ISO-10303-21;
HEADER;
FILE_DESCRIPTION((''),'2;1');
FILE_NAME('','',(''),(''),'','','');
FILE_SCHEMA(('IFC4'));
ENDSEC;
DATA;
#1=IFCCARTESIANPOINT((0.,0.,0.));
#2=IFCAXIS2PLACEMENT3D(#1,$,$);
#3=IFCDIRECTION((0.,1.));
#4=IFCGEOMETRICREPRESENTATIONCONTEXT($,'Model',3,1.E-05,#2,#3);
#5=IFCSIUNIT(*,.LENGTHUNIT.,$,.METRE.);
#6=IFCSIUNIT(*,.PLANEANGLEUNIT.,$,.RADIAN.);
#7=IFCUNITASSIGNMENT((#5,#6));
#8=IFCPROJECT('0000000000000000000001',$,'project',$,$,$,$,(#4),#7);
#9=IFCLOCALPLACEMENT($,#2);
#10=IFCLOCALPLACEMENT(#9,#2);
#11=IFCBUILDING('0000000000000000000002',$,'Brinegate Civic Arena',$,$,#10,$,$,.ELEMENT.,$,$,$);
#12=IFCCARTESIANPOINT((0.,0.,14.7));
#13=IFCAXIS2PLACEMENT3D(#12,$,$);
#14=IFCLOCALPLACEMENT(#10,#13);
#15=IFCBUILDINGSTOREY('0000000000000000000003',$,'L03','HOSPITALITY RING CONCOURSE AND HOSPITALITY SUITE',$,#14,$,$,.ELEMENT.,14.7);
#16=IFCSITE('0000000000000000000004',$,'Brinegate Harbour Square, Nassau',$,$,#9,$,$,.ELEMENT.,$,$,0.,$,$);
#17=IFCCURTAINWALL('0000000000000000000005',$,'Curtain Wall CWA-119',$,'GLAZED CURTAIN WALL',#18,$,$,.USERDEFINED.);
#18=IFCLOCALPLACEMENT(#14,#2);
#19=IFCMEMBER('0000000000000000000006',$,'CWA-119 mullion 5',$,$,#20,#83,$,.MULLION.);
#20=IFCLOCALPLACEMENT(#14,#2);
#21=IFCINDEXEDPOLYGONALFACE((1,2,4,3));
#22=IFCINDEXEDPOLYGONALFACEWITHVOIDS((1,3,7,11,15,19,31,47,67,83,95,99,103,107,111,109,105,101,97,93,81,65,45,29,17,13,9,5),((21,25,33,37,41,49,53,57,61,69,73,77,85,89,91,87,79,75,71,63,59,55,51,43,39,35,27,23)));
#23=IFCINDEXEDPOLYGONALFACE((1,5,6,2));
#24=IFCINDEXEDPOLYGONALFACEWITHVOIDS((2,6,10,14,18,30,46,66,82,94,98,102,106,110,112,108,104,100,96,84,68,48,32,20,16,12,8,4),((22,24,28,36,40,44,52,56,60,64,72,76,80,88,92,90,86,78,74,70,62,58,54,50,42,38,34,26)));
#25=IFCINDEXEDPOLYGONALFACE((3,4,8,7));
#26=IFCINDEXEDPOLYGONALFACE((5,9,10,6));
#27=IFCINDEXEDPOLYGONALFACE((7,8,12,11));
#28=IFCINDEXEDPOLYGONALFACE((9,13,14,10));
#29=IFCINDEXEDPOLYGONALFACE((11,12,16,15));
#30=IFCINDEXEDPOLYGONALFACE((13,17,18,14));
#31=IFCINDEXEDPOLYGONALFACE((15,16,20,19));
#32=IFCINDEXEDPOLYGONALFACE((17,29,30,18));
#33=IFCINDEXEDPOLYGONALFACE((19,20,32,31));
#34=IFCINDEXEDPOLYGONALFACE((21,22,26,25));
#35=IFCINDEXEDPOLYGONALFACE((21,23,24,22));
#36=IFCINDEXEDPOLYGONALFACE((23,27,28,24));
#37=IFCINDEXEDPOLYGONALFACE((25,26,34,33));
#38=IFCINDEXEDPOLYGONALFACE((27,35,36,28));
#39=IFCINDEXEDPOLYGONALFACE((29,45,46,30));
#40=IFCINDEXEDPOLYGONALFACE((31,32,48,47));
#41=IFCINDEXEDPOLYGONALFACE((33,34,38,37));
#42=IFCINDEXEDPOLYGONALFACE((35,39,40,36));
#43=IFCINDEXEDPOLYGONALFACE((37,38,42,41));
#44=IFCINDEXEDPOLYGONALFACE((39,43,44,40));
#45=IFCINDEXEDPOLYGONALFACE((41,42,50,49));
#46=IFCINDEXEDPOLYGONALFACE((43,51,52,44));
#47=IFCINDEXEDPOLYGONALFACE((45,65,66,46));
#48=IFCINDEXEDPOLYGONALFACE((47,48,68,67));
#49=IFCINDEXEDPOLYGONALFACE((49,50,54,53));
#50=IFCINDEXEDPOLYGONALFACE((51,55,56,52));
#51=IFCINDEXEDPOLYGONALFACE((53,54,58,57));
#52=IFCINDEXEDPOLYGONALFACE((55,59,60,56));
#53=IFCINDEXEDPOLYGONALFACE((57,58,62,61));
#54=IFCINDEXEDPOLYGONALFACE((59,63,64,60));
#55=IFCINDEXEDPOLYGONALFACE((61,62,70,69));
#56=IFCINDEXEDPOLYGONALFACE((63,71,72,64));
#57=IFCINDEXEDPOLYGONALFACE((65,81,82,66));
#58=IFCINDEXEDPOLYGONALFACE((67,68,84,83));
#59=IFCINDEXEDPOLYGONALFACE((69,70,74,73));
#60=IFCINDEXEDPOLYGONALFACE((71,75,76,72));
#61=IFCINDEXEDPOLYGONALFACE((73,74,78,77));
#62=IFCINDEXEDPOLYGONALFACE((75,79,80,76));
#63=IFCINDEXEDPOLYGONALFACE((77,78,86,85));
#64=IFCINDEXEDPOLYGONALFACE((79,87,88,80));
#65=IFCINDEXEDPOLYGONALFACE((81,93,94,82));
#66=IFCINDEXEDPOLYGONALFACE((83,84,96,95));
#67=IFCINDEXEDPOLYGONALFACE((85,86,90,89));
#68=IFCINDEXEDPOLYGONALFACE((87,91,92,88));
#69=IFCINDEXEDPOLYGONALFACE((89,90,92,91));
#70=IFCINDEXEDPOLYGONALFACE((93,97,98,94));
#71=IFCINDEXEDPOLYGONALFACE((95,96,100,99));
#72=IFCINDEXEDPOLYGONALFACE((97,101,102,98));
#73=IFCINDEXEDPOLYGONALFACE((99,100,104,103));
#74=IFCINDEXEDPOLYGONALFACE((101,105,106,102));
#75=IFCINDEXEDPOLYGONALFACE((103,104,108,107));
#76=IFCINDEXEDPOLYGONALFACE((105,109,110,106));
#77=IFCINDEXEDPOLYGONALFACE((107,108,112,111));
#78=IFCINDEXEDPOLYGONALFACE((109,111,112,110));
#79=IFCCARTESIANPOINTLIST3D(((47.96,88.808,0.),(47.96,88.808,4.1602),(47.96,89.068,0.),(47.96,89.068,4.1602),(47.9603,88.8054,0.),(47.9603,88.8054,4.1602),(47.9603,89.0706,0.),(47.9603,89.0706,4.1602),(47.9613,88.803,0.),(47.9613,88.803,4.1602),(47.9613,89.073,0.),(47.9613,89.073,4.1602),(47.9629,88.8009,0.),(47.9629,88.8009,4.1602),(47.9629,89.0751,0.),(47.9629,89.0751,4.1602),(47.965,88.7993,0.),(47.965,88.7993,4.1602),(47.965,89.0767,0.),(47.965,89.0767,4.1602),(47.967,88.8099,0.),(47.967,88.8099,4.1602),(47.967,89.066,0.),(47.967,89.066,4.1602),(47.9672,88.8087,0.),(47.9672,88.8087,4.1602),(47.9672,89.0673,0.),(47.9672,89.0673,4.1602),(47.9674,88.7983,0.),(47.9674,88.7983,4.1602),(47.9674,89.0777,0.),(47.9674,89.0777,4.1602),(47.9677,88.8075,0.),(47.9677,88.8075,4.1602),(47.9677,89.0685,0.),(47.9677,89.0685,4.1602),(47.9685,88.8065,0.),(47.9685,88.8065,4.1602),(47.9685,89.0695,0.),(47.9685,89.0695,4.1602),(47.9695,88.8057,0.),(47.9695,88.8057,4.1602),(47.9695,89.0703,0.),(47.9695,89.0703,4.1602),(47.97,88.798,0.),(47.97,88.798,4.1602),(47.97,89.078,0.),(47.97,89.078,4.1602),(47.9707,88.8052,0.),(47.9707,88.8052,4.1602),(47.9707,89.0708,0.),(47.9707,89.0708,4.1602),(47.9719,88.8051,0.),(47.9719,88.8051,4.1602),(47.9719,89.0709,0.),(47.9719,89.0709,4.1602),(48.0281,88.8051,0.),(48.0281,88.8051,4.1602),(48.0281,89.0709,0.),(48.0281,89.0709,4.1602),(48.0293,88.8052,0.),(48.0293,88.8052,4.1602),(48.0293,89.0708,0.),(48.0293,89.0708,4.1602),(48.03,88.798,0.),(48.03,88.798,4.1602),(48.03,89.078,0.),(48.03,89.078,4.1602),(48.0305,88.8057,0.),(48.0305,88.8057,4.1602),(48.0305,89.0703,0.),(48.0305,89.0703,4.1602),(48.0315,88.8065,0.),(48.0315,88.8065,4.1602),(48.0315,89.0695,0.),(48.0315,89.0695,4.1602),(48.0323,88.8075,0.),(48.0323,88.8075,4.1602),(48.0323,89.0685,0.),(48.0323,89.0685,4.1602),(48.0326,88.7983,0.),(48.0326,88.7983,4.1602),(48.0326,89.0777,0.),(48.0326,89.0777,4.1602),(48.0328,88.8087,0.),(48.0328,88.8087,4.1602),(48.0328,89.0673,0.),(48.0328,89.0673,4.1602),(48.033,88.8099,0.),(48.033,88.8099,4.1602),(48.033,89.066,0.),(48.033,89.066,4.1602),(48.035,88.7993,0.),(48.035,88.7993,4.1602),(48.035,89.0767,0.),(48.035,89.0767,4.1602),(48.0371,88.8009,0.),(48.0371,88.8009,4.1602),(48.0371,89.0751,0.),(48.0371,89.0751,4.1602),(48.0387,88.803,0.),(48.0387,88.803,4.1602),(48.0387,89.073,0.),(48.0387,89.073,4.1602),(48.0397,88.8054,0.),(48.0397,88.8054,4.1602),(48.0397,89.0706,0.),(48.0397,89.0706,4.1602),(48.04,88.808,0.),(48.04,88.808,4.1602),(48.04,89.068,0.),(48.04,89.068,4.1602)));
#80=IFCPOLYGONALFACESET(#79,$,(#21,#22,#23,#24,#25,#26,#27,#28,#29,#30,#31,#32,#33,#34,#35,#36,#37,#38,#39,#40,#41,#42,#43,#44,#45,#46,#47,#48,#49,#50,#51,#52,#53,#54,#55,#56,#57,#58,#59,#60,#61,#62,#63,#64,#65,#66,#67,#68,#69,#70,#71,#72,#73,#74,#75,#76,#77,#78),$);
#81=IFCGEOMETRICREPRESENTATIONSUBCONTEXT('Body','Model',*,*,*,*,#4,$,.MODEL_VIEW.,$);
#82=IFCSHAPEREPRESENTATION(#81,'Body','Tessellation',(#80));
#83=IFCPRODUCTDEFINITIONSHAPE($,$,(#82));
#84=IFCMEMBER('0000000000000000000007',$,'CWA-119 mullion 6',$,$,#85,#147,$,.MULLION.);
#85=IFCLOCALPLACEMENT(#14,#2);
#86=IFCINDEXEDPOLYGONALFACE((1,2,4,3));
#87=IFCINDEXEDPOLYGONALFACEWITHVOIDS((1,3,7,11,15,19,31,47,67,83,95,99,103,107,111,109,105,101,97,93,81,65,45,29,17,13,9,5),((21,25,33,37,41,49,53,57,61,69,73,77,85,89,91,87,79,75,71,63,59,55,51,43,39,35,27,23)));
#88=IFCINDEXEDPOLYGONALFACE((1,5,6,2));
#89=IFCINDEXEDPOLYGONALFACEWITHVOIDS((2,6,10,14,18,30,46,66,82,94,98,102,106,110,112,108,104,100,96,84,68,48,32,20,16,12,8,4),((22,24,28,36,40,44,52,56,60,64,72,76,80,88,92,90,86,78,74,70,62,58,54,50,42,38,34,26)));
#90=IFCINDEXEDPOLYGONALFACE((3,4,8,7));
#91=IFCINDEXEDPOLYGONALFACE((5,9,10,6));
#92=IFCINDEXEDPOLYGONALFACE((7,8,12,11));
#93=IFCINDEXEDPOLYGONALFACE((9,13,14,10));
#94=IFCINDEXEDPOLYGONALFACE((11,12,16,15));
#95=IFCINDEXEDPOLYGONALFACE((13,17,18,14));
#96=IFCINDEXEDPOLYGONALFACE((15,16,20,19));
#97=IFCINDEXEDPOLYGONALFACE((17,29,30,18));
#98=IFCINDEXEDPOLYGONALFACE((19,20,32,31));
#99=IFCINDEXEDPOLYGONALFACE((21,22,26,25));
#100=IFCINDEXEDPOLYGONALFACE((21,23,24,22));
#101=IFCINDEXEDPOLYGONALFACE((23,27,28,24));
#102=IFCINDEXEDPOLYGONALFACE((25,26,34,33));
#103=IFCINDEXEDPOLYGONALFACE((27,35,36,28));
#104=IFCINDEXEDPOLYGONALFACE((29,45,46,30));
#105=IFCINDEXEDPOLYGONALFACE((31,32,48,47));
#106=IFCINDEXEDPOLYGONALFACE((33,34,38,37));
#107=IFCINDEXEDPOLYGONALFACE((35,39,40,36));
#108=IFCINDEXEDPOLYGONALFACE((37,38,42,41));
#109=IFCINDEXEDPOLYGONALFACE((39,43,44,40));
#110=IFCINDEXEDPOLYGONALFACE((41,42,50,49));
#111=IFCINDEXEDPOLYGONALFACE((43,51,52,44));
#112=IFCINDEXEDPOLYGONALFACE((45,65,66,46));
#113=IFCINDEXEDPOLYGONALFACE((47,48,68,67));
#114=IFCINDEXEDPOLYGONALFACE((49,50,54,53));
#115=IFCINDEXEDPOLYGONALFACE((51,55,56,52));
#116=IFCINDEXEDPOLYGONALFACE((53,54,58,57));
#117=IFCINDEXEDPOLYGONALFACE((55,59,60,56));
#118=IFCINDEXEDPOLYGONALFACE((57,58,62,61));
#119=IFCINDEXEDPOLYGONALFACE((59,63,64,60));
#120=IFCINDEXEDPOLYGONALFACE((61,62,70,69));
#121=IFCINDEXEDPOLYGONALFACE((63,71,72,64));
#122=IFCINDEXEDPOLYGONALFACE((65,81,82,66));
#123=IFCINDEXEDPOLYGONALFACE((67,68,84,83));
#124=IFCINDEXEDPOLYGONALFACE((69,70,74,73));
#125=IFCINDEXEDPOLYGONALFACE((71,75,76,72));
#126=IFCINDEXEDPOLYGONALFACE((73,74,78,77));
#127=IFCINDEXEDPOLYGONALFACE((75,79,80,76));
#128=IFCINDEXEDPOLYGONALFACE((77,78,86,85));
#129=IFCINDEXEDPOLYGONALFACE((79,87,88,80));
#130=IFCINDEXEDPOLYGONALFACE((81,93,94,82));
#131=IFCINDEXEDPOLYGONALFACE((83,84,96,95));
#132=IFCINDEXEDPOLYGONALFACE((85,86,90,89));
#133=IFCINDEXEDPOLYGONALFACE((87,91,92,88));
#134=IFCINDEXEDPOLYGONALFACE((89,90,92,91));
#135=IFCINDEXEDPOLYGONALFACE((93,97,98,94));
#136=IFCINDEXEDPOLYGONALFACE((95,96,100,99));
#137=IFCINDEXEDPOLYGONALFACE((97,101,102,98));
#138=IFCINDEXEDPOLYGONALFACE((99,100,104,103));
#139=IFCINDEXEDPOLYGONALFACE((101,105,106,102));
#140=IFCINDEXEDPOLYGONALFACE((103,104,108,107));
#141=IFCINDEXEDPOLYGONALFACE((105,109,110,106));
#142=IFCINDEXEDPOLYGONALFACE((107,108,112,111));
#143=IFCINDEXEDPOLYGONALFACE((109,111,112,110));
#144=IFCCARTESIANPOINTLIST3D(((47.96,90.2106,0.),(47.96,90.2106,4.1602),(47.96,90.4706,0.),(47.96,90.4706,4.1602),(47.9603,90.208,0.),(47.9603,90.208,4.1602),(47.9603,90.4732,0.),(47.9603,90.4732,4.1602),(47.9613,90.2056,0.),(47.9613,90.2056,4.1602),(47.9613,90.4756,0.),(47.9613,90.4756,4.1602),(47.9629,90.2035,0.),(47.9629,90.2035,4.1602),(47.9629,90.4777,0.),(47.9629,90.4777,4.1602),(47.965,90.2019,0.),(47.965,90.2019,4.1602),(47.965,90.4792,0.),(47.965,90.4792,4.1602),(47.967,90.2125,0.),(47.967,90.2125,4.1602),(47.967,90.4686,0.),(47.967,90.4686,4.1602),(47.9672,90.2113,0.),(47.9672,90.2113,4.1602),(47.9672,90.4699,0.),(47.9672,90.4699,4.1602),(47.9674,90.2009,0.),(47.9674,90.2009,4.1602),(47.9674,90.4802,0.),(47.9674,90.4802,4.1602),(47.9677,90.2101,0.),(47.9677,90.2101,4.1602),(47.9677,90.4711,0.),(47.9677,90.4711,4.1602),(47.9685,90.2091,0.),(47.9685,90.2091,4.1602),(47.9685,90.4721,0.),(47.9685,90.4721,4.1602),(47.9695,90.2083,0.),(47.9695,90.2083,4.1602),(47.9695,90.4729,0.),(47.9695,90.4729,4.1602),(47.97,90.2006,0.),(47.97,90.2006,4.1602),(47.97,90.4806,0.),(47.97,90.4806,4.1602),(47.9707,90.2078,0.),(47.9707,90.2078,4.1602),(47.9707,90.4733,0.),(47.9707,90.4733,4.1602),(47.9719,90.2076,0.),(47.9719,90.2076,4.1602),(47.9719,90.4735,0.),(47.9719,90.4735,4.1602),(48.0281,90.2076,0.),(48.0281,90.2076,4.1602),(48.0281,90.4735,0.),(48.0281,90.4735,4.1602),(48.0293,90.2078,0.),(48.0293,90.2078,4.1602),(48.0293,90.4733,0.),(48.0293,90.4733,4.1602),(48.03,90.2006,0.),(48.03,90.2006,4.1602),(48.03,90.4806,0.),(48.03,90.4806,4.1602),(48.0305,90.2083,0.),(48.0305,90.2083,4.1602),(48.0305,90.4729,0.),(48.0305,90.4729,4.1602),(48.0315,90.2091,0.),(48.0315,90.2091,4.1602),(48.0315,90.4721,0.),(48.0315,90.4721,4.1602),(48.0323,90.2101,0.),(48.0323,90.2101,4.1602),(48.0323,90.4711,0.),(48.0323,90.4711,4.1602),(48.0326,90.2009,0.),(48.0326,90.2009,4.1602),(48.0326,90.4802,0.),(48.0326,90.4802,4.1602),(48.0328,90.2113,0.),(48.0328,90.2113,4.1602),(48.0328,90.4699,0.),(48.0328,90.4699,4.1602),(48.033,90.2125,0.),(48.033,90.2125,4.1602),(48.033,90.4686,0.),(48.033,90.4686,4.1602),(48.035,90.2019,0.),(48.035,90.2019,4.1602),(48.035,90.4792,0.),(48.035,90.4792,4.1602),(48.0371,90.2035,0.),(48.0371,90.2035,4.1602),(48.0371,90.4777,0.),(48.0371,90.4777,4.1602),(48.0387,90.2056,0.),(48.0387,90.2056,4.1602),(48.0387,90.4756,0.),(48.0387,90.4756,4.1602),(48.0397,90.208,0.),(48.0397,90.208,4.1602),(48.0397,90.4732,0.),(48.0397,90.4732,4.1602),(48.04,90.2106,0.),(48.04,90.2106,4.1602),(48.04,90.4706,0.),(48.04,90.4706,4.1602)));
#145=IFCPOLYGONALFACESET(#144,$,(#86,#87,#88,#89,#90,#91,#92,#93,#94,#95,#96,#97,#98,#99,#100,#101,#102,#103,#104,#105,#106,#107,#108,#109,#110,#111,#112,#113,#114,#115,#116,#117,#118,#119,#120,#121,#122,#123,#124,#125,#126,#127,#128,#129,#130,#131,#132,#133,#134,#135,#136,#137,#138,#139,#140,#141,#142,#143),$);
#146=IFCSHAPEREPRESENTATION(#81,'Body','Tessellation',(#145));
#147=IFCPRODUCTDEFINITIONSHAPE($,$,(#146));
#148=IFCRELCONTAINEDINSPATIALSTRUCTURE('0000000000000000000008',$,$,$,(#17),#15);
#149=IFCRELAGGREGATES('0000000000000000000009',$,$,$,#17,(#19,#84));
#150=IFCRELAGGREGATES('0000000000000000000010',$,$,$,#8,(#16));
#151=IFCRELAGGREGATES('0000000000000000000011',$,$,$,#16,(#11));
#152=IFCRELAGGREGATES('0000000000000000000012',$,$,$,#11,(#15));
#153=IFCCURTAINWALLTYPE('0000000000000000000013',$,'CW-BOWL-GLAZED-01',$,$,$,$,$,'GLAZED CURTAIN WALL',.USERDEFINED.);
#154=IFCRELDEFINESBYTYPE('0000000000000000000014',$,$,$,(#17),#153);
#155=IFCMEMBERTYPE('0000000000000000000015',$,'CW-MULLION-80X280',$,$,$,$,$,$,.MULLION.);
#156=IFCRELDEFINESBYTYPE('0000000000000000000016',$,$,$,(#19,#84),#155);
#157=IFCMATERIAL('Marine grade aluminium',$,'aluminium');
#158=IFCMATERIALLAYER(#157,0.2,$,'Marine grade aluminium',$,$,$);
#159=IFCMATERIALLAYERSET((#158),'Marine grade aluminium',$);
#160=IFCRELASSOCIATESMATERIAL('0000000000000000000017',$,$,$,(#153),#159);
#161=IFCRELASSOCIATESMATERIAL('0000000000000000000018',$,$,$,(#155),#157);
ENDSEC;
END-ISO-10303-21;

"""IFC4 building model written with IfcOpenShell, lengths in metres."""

from ifc_helpers import new_model, si_unit, direction, frame, origin, origin_2d, place, context, subcontext, project, spatial, hollow_rectangle, extrude, material, layer, layer_set, material_profile, profile_set, type_object, element, aggregate, save


model = new_model("IFC4")

# Units and contexts
model_context = context("Model", 3, precision=1e-05, world=origin(), true_north=direction((0.0, 1.0)))
body_context = subcontext(model_context, "Body", "Model", "MODEL_VIEW")
ifc_project = project(units=[si_unit("LENGTHUNIT", "METRE"), si_unit("PLANEANGLEUNIT", "RADIAN")], contexts=[model_context])

# Site, building, storey
site_placement = place(None, origin())
site = spatial("IfcSite", under=ifc_project, at=site_placement, Name="Brinegate Harbour Square, Nassau", CompositionType="ELEMENT", RefElevation=0.0)
building_placement = place(site_placement, origin())
building = spatial("IfcBuilding", under=site, at=building_placement, Name="Brinegate Civic Arena", CompositionType="ELEMENT")
storey_placement = place(building_placement, frame((0.0, 0.0, 14.7)))
storey = spatial("IfcBuildingStorey", under=building, at=storey_placement, Name="L03", Description="HOSPITALITY RING CONCOURSE AND HOSPITALITY SUITE", CompositionType="ELEMENT", Elevation=14.7)

# Curtain wall, members
ifc_material_1 = material(Name="Marine grade aluminium", Category="aluminium")
ifc_layer_1 = layer(ifc_material_1, 0.2, Name="Marine grade aluminium")
ifc_layer_set_1 = layer_set([ifc_layer_1], Name="Marine grade aluminium")
curtain_wall_type = type_object("IfcCurtainWallType", Name="CW-BOWL-GLAZED-01", ElementType="GLAZED CURTAIN WALL", PredefinedType="USERDEFINED", material=ifc_layer_set_1)
curtain_wall_1_placement = place(storey_placement, origin())
curtain_wall_1 = element("IfcCurtainWall", 1, at=curtain_wall_1_placement, inside=storey, type_object=curtain_wall_type, Name="Curtain Wall CWA-119", ObjectType="GLAZED CURTAIN WALL", PredefinedType="USERDEFINED")
ifc_material_profile_1 = material_profile(ifc_material_1, hollow_rectangle(XDim=0.0801, YDim=0.28, WallThickness=0.0071, InnerFilletRadius=0.0049, OuterFilletRadius=0.01, at=origin_2d()), Name="MUL80X280")
ifc_profile_set_1 = profile_set([ifc_material_profile_1], Name="Marine grade aluminium")
member_type_1 = type_object("IfcMemberType", Name="CW-MULLION-80X280", PredefinedType="MULLION", material=ifc_profile_set_1)
member_1_placement = place(storey_placement, frame((48.0, 88.938, 0.0), z_axis=(0.0, 0.0, 1.0), x_axis=(-1.0, 0.0, 0.0)))
member_1 = element("IfcMember", 2, at=member_1_placement, type_object=member_type_1, Name="CWA-119 mullion 5", PredefinedType="MULLION", context=body_context, shape_type="SweptSolid", body=[
    extrude(hollow_rectangle(XDim=0.0801, YDim=0.28, WallThickness=0.0071, InnerFilletRadius=0.0049, OuterFilletRadius=0.01, at=origin_2d()), origin(), (0.0, 0.0, 1.0), 4.1602),
])
member_2_placement = place(storey_placement, frame((48.0, 90.3406, 0.0), z_axis=(0.0, 0.0, 1.0), x_axis=(-1.0, 0.0, 0.0)))
member_2 = element("IfcMember", 3, at=member_2_placement, type_object=member_type_1, Name="CWA-119 mullion 6", PredefinedType="MULLION", context=body_context, shape_type="SweptSolid", body=[
    extrude(hollow_rectangle(XDim=0.0801, YDim=0.28, WallThickness=0.0071, InnerFilletRadius=0.0049, OuterFilletRadius=0.01, at=origin_2d()), origin(), (0.0, 0.0, 1.0), 4.1602),
])

aggregate(curtain_wall_1, [member_1, member_2])

save(model, "model.ifc")
